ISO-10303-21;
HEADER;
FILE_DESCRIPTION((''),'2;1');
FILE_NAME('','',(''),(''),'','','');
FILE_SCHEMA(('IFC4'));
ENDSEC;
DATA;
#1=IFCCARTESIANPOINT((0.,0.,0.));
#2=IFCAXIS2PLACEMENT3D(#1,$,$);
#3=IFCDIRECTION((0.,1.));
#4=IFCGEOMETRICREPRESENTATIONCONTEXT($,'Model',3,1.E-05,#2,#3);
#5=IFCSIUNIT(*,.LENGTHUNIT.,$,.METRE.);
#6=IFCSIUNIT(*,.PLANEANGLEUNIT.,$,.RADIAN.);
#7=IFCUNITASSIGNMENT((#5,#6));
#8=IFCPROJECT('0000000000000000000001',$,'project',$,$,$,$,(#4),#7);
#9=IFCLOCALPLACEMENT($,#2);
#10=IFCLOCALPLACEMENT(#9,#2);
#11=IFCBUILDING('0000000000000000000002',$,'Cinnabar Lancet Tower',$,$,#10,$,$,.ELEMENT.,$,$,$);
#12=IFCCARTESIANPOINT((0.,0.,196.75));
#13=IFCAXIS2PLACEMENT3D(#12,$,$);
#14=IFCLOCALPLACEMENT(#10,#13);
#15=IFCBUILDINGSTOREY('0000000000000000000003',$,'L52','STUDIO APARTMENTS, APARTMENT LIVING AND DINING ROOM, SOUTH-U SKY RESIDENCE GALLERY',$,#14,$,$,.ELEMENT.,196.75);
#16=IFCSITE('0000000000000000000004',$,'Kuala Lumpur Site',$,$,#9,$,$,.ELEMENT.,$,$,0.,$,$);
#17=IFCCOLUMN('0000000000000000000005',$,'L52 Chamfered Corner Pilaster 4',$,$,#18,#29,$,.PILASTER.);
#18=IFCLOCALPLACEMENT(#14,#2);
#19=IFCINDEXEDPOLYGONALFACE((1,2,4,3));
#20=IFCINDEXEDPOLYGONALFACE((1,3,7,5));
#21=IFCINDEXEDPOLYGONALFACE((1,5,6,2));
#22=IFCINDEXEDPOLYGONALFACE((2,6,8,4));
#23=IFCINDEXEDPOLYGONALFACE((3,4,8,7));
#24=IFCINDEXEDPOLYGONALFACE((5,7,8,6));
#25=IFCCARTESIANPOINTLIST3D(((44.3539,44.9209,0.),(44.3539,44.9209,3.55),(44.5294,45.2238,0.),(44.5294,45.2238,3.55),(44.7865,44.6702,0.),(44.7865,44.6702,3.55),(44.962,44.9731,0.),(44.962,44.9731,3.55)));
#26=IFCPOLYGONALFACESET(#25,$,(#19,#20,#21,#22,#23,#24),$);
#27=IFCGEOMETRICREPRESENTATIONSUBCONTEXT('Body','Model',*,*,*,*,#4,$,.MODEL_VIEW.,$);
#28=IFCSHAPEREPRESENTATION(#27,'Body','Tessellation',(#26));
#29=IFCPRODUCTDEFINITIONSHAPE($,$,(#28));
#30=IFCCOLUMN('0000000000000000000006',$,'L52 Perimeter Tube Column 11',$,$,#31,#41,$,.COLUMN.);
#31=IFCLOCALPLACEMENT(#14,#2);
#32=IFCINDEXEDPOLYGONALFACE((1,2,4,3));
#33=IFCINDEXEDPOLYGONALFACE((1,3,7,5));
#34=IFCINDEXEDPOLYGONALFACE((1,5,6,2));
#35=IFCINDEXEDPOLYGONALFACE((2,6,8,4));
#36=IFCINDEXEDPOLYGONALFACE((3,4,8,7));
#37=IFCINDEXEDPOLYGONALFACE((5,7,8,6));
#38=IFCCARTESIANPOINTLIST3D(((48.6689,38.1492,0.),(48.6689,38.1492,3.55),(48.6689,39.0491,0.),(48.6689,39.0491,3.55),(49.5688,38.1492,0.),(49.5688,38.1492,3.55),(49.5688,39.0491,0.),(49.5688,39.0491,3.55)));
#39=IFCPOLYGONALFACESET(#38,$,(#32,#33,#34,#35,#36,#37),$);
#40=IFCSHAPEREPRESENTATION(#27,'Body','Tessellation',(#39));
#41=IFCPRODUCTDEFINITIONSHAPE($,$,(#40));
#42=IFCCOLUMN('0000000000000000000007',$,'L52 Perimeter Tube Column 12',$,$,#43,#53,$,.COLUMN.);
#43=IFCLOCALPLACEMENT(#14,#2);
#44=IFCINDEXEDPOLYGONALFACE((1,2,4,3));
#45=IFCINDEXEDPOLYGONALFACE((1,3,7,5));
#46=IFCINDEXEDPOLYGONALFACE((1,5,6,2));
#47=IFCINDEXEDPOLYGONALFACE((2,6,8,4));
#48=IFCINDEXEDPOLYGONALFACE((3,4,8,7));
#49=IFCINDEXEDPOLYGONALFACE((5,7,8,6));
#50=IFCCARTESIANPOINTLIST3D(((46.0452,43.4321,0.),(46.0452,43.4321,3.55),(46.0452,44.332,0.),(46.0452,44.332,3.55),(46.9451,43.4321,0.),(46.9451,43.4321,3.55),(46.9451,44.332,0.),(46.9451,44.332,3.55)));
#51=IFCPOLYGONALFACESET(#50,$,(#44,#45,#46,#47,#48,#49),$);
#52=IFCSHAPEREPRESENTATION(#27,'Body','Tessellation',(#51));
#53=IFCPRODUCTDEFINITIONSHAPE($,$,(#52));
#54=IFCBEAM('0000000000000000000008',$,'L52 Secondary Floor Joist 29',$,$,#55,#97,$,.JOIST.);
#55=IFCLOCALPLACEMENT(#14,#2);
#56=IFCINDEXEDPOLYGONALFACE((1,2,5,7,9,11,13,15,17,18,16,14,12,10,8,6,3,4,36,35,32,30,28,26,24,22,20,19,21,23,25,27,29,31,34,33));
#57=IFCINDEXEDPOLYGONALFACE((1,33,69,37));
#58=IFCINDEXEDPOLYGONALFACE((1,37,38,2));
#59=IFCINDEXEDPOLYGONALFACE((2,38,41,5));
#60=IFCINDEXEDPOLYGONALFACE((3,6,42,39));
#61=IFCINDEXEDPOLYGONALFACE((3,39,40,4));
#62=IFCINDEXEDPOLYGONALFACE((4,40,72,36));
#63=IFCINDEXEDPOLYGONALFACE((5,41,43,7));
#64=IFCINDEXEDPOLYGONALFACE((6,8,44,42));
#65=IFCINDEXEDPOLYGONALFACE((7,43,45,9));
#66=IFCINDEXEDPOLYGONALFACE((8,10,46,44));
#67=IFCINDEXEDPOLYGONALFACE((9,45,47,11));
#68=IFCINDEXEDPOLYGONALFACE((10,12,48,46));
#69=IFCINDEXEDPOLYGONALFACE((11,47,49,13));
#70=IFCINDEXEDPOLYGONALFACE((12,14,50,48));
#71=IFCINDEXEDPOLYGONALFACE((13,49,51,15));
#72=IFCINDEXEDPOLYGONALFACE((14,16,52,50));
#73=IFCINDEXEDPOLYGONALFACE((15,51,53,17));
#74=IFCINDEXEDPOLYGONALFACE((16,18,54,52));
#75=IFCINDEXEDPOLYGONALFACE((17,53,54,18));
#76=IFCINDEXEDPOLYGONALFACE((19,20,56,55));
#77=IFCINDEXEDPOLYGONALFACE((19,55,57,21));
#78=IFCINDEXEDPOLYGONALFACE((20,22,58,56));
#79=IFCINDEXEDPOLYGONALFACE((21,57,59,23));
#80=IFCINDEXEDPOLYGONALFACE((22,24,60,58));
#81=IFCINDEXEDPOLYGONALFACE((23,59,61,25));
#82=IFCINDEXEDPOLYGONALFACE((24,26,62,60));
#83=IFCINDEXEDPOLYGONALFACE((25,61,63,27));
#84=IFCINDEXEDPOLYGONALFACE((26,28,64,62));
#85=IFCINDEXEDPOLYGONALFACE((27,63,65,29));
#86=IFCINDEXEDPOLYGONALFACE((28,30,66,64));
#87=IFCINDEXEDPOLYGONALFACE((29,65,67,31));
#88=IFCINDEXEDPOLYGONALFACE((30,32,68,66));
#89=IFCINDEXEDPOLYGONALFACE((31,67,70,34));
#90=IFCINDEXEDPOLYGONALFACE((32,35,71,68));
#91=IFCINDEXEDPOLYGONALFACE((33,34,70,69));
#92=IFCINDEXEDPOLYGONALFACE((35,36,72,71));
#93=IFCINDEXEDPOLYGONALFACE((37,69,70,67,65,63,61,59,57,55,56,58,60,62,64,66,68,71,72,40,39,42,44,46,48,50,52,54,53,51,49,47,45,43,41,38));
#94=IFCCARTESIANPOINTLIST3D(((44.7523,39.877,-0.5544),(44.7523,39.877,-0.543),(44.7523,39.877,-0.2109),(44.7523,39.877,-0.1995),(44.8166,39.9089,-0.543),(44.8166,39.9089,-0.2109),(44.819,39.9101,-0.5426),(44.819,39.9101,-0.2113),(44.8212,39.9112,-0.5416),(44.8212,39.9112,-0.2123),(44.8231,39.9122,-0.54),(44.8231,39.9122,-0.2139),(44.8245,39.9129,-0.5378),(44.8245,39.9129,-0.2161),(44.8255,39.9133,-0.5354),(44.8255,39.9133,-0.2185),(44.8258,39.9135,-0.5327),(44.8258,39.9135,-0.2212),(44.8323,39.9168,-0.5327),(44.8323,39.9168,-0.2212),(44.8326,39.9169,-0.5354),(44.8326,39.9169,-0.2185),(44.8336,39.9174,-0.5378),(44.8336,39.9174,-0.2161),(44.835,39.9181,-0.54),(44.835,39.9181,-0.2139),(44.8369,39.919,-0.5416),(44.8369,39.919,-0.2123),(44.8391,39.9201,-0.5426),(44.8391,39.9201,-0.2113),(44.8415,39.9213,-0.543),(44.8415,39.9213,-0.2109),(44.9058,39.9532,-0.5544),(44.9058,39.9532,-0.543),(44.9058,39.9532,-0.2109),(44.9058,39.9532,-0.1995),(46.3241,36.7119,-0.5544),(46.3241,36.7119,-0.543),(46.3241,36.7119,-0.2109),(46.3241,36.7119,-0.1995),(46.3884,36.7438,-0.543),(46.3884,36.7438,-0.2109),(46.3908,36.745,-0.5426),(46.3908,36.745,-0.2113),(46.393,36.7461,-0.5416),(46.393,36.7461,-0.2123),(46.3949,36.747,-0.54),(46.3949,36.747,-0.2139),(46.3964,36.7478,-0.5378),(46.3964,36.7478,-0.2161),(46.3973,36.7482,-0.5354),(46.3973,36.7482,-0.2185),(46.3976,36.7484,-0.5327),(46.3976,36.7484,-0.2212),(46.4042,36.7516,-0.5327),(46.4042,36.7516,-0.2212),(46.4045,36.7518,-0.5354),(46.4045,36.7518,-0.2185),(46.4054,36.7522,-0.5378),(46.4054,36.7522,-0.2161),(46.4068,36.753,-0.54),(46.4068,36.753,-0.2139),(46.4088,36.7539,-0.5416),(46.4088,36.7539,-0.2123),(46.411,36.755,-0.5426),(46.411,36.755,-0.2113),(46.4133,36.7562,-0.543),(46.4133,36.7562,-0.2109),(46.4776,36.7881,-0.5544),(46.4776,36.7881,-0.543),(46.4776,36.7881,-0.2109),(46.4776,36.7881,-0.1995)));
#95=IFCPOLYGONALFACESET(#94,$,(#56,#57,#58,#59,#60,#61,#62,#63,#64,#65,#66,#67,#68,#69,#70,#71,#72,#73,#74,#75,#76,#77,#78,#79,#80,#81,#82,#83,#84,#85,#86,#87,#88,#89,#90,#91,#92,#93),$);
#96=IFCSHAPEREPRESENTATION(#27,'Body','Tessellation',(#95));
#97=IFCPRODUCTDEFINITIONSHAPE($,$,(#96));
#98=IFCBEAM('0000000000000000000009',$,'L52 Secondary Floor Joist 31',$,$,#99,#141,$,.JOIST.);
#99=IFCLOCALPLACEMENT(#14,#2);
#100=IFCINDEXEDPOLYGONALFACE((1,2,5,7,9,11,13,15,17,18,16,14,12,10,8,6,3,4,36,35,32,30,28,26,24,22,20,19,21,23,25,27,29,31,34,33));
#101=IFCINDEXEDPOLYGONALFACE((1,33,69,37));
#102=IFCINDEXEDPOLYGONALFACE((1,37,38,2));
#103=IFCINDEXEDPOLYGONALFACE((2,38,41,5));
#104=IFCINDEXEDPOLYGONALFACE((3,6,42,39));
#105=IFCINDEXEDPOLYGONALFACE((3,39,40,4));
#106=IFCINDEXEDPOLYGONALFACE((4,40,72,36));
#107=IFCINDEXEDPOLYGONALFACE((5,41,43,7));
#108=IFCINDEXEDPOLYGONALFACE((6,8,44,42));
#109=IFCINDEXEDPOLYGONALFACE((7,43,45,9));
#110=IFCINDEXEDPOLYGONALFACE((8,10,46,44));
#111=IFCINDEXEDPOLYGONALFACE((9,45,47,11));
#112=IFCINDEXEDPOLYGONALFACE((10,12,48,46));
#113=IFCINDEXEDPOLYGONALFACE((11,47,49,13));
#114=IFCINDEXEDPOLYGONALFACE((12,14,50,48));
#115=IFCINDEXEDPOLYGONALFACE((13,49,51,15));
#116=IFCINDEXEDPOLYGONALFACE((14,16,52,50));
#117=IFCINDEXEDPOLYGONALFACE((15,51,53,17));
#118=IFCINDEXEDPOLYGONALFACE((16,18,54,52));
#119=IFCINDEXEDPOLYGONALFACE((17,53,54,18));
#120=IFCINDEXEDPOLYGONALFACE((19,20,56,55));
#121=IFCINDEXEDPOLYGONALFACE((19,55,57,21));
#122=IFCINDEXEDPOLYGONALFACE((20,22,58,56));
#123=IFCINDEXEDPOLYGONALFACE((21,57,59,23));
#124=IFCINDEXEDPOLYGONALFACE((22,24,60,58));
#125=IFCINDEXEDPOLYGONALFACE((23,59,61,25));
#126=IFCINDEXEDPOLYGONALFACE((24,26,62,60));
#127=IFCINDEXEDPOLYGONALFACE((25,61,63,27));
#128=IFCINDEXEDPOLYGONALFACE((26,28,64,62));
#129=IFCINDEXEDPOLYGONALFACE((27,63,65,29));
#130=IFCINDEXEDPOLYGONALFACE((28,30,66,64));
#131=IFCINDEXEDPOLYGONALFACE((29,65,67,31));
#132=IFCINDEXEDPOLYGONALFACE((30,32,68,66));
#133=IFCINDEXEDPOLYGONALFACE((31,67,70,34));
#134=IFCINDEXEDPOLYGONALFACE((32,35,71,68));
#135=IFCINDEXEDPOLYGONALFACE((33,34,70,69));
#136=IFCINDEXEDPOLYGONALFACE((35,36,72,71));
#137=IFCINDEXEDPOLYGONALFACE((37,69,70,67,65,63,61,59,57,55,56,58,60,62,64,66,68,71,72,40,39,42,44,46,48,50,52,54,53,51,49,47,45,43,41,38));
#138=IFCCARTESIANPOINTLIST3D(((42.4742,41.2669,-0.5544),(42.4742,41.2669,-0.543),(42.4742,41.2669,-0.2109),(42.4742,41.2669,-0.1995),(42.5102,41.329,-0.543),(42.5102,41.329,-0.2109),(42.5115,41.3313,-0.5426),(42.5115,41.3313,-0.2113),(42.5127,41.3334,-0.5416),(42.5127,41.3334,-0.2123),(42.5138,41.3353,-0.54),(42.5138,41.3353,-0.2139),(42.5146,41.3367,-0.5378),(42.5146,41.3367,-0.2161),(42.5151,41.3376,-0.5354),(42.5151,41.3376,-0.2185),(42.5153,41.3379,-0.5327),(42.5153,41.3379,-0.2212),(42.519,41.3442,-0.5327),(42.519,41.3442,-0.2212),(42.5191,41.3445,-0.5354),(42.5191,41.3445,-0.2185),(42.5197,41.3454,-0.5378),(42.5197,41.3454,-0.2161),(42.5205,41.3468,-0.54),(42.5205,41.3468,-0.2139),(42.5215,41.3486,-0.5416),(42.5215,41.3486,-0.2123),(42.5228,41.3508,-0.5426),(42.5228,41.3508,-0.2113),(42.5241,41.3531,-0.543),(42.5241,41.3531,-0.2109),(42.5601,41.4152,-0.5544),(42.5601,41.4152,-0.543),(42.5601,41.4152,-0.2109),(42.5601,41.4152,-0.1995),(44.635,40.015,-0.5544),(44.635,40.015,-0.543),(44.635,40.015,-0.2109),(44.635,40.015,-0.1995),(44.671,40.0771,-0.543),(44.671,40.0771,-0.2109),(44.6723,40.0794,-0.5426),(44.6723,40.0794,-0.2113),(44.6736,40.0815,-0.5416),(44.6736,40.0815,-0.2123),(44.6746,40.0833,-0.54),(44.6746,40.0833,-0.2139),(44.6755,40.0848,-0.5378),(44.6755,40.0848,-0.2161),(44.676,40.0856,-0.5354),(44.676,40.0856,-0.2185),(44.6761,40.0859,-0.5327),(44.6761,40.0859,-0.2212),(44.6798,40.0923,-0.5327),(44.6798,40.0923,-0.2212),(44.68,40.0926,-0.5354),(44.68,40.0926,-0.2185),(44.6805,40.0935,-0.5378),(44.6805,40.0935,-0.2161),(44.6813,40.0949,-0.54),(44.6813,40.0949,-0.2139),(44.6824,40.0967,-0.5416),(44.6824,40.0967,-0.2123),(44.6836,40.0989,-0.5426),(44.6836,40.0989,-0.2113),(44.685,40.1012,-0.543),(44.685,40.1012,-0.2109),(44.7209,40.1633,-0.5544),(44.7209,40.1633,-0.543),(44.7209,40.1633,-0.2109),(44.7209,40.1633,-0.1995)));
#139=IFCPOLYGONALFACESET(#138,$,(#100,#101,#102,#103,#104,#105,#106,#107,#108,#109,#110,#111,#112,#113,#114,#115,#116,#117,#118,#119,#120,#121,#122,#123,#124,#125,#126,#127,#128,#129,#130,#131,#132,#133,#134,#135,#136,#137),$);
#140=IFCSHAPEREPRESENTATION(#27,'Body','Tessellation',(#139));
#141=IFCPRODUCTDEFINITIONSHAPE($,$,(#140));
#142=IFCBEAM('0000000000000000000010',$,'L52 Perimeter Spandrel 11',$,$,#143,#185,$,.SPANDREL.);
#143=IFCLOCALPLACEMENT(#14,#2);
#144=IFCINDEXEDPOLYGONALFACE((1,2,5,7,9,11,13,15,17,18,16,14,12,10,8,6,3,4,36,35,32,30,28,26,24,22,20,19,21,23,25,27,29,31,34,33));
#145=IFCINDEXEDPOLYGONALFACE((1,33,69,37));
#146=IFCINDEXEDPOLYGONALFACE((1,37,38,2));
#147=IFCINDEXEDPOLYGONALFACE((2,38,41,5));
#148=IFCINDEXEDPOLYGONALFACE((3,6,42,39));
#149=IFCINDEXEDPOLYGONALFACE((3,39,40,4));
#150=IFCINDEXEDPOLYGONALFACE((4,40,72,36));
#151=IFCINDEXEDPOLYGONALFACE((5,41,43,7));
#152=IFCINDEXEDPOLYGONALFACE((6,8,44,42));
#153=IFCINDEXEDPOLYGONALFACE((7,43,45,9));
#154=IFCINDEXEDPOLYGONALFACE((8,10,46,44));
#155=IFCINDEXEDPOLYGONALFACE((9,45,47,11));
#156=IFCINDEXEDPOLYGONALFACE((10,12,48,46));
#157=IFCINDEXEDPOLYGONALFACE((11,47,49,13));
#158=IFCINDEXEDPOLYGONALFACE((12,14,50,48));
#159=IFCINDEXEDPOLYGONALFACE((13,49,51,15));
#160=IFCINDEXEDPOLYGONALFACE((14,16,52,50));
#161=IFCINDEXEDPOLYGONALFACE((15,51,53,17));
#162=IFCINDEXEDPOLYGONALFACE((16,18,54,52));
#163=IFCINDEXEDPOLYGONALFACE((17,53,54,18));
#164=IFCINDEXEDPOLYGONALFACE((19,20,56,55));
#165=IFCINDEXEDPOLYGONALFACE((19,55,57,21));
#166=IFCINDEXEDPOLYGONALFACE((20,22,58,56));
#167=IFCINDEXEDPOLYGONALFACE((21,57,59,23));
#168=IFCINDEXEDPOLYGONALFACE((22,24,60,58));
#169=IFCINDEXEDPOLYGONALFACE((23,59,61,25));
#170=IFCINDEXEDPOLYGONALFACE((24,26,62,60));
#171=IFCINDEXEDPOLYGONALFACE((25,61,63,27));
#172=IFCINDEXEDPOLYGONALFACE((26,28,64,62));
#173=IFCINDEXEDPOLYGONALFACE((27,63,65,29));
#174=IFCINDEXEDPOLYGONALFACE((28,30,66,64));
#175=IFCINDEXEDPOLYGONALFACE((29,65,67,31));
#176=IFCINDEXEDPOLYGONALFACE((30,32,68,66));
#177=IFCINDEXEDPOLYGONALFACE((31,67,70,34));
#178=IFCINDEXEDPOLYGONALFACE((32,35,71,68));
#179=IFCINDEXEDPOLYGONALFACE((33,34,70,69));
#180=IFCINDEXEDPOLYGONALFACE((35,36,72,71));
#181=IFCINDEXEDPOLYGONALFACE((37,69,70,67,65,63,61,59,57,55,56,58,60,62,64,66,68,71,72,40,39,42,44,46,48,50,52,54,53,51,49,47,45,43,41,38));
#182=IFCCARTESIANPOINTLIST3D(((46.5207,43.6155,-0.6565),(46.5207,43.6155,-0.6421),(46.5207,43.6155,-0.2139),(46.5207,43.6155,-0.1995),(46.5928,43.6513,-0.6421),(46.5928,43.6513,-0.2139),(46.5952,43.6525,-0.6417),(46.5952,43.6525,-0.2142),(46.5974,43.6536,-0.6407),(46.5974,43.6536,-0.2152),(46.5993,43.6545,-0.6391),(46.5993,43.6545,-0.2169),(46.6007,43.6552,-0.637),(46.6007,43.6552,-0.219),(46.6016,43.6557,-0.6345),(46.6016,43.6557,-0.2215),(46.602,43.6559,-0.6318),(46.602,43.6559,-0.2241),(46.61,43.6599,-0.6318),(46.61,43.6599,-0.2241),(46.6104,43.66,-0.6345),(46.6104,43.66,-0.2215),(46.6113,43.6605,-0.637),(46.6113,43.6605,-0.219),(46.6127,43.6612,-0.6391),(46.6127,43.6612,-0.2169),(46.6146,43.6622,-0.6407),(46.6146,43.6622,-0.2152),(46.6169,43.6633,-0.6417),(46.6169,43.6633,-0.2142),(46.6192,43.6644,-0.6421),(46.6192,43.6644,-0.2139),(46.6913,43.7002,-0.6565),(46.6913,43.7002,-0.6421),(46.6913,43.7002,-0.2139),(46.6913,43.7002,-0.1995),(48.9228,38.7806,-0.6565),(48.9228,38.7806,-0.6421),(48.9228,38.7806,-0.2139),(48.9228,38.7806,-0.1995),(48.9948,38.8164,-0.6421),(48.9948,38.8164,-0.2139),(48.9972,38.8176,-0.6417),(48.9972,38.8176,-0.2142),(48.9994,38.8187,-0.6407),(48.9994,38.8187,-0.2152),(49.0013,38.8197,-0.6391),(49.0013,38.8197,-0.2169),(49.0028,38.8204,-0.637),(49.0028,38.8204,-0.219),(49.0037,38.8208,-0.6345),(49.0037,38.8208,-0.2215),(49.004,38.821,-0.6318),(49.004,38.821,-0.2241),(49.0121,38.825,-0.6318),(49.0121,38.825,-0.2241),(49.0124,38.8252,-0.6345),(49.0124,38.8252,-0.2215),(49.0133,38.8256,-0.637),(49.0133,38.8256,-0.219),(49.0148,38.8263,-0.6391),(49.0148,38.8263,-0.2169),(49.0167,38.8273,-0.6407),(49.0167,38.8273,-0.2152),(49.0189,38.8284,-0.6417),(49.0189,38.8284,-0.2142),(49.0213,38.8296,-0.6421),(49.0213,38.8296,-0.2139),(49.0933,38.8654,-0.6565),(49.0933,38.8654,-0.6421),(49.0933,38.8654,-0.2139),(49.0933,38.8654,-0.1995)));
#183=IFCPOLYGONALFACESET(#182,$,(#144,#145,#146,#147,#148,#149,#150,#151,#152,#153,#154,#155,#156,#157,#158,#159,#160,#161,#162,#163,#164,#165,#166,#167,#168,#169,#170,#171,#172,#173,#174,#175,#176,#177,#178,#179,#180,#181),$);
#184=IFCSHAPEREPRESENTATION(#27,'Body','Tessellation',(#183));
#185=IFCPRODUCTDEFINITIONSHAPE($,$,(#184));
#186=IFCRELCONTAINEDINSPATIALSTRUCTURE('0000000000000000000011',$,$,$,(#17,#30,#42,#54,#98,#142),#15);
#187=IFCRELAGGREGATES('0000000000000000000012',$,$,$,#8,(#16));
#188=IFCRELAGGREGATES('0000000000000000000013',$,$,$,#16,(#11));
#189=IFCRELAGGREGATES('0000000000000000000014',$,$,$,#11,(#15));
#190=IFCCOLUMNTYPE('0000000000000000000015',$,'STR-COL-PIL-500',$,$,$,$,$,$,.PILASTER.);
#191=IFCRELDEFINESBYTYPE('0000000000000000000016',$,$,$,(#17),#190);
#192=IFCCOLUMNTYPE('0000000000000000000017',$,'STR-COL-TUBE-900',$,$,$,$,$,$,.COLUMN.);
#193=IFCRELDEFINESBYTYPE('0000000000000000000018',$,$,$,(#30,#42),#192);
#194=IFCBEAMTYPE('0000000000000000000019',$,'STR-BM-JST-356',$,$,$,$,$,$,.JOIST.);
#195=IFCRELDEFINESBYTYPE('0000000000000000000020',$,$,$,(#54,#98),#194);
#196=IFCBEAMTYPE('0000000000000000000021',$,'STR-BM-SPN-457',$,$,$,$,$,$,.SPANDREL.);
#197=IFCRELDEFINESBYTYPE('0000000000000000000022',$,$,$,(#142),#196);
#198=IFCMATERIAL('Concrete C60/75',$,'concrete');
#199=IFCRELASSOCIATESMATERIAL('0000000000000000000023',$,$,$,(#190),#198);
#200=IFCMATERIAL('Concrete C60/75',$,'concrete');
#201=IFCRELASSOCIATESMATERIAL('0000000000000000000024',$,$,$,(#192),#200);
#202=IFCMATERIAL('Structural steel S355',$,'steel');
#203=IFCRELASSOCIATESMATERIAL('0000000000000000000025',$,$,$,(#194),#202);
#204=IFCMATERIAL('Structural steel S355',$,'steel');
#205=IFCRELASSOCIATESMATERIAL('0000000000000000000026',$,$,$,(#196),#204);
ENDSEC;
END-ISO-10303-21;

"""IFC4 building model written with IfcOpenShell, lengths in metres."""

from ifc_helpers import new_model, si_unit, direction, frame, origin, origin_2d, place, context, subcontext, project, spatial, rectangle, i_section, extrude, material, material_profile, profile_set, type_object, element, save


model = new_model("IFC4")

# Units and contexts
model_context = context("Model", 3, precision=1e-05, world=origin(), true_north=direction((0.0, 1.0)))
body_context = subcontext(model_context, "Body", "Model", "MODEL_VIEW")
ifc_project = project(units=[si_unit("LENGTHUNIT", "METRE"), si_unit("PLANEANGLEUNIT", "RADIAN")], contexts=[model_context])

# Site, building, storey
site_placement = place(None, origin())
site = spatial("IfcSite", under=ifc_project, at=site_placement, Name="Kuala Lumpur Site", CompositionType="ELEMENT", RefElevation=0.0)
building_placement = place(site_placement, origin())
building = spatial("IfcBuilding", under=site, at=building_placement, Name="Cinnabar Lancet Tower", CompositionType="ELEMENT")
storey_placement = place(building_placement, frame((0.0, 0.0, 196.75)))
storey = spatial("IfcBuildingStorey", under=building, at=storey_placement, Name="L52", Description="STUDIO APARTMENTS, APARTMENT LIVING AND DINING ROOM, SOUTH-U SKY RESIDENCE GALLERY", CompositionType="ELEMENT", Elevation=196.75)

# Columns
ifc_material_1 = material(Name="Concrete C60/75", Category="concrete")
ifc_material_profile_1 = material_profile(ifc_material_1, rectangle(XDim=0.5, YDim=0.3501, at=origin_2d()), Name="RC-PIL 500x350")
ifc_profile_set_1 = profile_set([ifc_material_profile_1], Name="Concrete C60/75")
column_type_1 = type_object("IfcColumnType", Name="STR-COL-PIL-500", PredefinedType="PILASTER", material=ifc_profile_set_1)
column_placement = place(storey_placement, frame((44.658, 44.947, 0.0), z_axis=(0.0, 0.0, 1.0), x_axis=(-0.86523, 0.501375, 0.0)))
element("IfcColumn", 1, at=column_placement, inside=storey, type_object=column_type_1, Name="L52 Chamfered Corner Pilaster 4", PredefinedType="PILASTER", context=body_context, shape_type="SweptSolid", body=[
    extrude(rectangle(XDim=0.5, YDim=0.3501, at=origin_2d()), origin(), (0.0, 0.0, 1.0), 3.55),
])
ifc_material_2 = material(Name="Concrete C60/75", Category="concrete")
ifc_material_profile_2 = material_profile(ifc_material_2, rectangle(XDim=0.8999, YDim=0.8999, at=origin_2d()), Name="RC-COL 900x900")
ifc_profile_set_2 = profile_set([ifc_material_profile_2], Name="Concrete C60/75")
column_type_2 = type_object("IfcColumnType", Name="STR-COL-TUBE-900", PredefinedType="COLUMN", material=ifc_profile_set_2)
for number, where, z_axis, x_axis, name in (
    (2, (49.1189, 38.5991, 0.0), (0.0, 0.0, 1.0), (1.0, 0.0, 0.0), "L52 Perimeter Tube Column 11"),
    (3, (46.4951, 43.8821, 0.0), (0.0, 0.0, 1.0), (1.0, 0.0, 0.0), "L52 Perimeter Tube Column 12"),
):
    element("IfcColumn", number, at=place(storey_placement, frame(where, z_axis=z_axis, x_axis=x_axis)), inside=storey, type_object=column_type_2, Name=name, PredefinedType="COLUMN", context=body_context, shape_type="SweptSolid", body=[
        extrude(rectangle(XDim=0.8999, YDim=0.8999, at=origin_2d()), origin(), (0.0, 0.0, 1.0), 3.55),
    ])

# Beams
ifc_material_3 = material(Name="Structural steel S355", Category="steel")
ifc_material_profile_3 = material_profile(ifc_material_3, i_section(OverallWidth=0.1714, OverallDepth=0.355, WebThickness=0.0073, FlangeThickness=0.0115, FilletRadius=0.0103, at=origin_2d()), Name="UKB 356x171x51")
ifc_profile_set_3 = profile_set([ifc_material_profile_3], Name="Structural steel S355")
beam_type_1 = type_object("IfcBeamType", Name="STR-BM-JST-356", PredefinedType="JOIST", material=ifc_profile_set_3)
beam_1_placement = place(storey_placement, frame((46.4009, 36.75, -0.377), z_axis=(-0.44478, 0.89564, 0.0), x_axis=(-0.89564, -0.44478, 0.0)))
element("IfcBeam", 4, at=beam_1_placement, inside=storey, type_object=beam_type_1, Name="L52 Secondary Floor Joist 29", PredefinedType="JOIST", context=body_context, shape_type="SweptSolid", body=[
    extrude(i_section(OverallWidth=0.1714, OverallDepth=0.355, WebThickness=0.0073, FlangeThickness=0.0115, FilletRadius=0.0103, at=origin_2d()), origin(), (0.0, 0.0, 1.0), 3.5339),
])
beam_2_placement = place(storey_placement, frame((44.678, 40.0891, -0.377), z_axis=(-0.865268, 0.50131, 0.0), x_axis=(-0.50131, -0.865268, 0.0)))
element("IfcBeam", 5, at=beam_2_placement, inside=storey, type_object=beam_type_1, Name="L52 Secondary Floor Joist 31", PredefinedType="JOIST", context=body_context, shape_type="SweptSolid", body=[
    extrude(i_section(OverallWidth=0.1714, OverallDepth=0.355, WebThickness=0.0073, FlangeThickness=0.0115, FilletRadius=0.0103, at=origin_2d()), origin(), (0.0, 0.0, 1.0), 2.4973),
])
ifc_material_4 = material(Name="Structural steel S355", Category="steel")
ifc_material_profile_4 = material_profile(ifc_material_4, i_section(OverallWidth=0.1904, OverallDepth=0.457, WebThickness=0.009, FlangeThickness=0.0144, FilletRadius=0.0103, at=origin_2d()), Name="UKB 457x191x74")
ifc_profile_set_4 = profile_set([ifc_material_profile_4], Name="Structural steel S355")
beam_type_2 = type_object("IfcBeamType", Name="STR-BM-SPN-457", PredefinedType="SPANDREL", material=ifc_profile_set_4)
beam_3_placement = place(storey_placement, frame((49.0081, 38.823, -0.428), z_axis=(-0.444933, 0.895564, 0.0), x_axis=(-0.895564, -0.444933, 0.0)))
element("IfcBeam", 6, at=beam_3_placement, inside=storey, type_object=beam_type_2, Name="L52 Perimeter Spandrel 11", PredefinedType="SPANDREL", context=body_context, shape_type="SweptSolid", body=[
    extrude(i_section(OverallWidth=0.1904, OverallDepth=0.457, WebThickness=0.009, FlangeThickness=0.0144, FilletRadius=0.0103, at=origin_2d()), origin(), (0.0, 0.0, 1.0), 5.3987),
])

save(model, "model.ifc")
